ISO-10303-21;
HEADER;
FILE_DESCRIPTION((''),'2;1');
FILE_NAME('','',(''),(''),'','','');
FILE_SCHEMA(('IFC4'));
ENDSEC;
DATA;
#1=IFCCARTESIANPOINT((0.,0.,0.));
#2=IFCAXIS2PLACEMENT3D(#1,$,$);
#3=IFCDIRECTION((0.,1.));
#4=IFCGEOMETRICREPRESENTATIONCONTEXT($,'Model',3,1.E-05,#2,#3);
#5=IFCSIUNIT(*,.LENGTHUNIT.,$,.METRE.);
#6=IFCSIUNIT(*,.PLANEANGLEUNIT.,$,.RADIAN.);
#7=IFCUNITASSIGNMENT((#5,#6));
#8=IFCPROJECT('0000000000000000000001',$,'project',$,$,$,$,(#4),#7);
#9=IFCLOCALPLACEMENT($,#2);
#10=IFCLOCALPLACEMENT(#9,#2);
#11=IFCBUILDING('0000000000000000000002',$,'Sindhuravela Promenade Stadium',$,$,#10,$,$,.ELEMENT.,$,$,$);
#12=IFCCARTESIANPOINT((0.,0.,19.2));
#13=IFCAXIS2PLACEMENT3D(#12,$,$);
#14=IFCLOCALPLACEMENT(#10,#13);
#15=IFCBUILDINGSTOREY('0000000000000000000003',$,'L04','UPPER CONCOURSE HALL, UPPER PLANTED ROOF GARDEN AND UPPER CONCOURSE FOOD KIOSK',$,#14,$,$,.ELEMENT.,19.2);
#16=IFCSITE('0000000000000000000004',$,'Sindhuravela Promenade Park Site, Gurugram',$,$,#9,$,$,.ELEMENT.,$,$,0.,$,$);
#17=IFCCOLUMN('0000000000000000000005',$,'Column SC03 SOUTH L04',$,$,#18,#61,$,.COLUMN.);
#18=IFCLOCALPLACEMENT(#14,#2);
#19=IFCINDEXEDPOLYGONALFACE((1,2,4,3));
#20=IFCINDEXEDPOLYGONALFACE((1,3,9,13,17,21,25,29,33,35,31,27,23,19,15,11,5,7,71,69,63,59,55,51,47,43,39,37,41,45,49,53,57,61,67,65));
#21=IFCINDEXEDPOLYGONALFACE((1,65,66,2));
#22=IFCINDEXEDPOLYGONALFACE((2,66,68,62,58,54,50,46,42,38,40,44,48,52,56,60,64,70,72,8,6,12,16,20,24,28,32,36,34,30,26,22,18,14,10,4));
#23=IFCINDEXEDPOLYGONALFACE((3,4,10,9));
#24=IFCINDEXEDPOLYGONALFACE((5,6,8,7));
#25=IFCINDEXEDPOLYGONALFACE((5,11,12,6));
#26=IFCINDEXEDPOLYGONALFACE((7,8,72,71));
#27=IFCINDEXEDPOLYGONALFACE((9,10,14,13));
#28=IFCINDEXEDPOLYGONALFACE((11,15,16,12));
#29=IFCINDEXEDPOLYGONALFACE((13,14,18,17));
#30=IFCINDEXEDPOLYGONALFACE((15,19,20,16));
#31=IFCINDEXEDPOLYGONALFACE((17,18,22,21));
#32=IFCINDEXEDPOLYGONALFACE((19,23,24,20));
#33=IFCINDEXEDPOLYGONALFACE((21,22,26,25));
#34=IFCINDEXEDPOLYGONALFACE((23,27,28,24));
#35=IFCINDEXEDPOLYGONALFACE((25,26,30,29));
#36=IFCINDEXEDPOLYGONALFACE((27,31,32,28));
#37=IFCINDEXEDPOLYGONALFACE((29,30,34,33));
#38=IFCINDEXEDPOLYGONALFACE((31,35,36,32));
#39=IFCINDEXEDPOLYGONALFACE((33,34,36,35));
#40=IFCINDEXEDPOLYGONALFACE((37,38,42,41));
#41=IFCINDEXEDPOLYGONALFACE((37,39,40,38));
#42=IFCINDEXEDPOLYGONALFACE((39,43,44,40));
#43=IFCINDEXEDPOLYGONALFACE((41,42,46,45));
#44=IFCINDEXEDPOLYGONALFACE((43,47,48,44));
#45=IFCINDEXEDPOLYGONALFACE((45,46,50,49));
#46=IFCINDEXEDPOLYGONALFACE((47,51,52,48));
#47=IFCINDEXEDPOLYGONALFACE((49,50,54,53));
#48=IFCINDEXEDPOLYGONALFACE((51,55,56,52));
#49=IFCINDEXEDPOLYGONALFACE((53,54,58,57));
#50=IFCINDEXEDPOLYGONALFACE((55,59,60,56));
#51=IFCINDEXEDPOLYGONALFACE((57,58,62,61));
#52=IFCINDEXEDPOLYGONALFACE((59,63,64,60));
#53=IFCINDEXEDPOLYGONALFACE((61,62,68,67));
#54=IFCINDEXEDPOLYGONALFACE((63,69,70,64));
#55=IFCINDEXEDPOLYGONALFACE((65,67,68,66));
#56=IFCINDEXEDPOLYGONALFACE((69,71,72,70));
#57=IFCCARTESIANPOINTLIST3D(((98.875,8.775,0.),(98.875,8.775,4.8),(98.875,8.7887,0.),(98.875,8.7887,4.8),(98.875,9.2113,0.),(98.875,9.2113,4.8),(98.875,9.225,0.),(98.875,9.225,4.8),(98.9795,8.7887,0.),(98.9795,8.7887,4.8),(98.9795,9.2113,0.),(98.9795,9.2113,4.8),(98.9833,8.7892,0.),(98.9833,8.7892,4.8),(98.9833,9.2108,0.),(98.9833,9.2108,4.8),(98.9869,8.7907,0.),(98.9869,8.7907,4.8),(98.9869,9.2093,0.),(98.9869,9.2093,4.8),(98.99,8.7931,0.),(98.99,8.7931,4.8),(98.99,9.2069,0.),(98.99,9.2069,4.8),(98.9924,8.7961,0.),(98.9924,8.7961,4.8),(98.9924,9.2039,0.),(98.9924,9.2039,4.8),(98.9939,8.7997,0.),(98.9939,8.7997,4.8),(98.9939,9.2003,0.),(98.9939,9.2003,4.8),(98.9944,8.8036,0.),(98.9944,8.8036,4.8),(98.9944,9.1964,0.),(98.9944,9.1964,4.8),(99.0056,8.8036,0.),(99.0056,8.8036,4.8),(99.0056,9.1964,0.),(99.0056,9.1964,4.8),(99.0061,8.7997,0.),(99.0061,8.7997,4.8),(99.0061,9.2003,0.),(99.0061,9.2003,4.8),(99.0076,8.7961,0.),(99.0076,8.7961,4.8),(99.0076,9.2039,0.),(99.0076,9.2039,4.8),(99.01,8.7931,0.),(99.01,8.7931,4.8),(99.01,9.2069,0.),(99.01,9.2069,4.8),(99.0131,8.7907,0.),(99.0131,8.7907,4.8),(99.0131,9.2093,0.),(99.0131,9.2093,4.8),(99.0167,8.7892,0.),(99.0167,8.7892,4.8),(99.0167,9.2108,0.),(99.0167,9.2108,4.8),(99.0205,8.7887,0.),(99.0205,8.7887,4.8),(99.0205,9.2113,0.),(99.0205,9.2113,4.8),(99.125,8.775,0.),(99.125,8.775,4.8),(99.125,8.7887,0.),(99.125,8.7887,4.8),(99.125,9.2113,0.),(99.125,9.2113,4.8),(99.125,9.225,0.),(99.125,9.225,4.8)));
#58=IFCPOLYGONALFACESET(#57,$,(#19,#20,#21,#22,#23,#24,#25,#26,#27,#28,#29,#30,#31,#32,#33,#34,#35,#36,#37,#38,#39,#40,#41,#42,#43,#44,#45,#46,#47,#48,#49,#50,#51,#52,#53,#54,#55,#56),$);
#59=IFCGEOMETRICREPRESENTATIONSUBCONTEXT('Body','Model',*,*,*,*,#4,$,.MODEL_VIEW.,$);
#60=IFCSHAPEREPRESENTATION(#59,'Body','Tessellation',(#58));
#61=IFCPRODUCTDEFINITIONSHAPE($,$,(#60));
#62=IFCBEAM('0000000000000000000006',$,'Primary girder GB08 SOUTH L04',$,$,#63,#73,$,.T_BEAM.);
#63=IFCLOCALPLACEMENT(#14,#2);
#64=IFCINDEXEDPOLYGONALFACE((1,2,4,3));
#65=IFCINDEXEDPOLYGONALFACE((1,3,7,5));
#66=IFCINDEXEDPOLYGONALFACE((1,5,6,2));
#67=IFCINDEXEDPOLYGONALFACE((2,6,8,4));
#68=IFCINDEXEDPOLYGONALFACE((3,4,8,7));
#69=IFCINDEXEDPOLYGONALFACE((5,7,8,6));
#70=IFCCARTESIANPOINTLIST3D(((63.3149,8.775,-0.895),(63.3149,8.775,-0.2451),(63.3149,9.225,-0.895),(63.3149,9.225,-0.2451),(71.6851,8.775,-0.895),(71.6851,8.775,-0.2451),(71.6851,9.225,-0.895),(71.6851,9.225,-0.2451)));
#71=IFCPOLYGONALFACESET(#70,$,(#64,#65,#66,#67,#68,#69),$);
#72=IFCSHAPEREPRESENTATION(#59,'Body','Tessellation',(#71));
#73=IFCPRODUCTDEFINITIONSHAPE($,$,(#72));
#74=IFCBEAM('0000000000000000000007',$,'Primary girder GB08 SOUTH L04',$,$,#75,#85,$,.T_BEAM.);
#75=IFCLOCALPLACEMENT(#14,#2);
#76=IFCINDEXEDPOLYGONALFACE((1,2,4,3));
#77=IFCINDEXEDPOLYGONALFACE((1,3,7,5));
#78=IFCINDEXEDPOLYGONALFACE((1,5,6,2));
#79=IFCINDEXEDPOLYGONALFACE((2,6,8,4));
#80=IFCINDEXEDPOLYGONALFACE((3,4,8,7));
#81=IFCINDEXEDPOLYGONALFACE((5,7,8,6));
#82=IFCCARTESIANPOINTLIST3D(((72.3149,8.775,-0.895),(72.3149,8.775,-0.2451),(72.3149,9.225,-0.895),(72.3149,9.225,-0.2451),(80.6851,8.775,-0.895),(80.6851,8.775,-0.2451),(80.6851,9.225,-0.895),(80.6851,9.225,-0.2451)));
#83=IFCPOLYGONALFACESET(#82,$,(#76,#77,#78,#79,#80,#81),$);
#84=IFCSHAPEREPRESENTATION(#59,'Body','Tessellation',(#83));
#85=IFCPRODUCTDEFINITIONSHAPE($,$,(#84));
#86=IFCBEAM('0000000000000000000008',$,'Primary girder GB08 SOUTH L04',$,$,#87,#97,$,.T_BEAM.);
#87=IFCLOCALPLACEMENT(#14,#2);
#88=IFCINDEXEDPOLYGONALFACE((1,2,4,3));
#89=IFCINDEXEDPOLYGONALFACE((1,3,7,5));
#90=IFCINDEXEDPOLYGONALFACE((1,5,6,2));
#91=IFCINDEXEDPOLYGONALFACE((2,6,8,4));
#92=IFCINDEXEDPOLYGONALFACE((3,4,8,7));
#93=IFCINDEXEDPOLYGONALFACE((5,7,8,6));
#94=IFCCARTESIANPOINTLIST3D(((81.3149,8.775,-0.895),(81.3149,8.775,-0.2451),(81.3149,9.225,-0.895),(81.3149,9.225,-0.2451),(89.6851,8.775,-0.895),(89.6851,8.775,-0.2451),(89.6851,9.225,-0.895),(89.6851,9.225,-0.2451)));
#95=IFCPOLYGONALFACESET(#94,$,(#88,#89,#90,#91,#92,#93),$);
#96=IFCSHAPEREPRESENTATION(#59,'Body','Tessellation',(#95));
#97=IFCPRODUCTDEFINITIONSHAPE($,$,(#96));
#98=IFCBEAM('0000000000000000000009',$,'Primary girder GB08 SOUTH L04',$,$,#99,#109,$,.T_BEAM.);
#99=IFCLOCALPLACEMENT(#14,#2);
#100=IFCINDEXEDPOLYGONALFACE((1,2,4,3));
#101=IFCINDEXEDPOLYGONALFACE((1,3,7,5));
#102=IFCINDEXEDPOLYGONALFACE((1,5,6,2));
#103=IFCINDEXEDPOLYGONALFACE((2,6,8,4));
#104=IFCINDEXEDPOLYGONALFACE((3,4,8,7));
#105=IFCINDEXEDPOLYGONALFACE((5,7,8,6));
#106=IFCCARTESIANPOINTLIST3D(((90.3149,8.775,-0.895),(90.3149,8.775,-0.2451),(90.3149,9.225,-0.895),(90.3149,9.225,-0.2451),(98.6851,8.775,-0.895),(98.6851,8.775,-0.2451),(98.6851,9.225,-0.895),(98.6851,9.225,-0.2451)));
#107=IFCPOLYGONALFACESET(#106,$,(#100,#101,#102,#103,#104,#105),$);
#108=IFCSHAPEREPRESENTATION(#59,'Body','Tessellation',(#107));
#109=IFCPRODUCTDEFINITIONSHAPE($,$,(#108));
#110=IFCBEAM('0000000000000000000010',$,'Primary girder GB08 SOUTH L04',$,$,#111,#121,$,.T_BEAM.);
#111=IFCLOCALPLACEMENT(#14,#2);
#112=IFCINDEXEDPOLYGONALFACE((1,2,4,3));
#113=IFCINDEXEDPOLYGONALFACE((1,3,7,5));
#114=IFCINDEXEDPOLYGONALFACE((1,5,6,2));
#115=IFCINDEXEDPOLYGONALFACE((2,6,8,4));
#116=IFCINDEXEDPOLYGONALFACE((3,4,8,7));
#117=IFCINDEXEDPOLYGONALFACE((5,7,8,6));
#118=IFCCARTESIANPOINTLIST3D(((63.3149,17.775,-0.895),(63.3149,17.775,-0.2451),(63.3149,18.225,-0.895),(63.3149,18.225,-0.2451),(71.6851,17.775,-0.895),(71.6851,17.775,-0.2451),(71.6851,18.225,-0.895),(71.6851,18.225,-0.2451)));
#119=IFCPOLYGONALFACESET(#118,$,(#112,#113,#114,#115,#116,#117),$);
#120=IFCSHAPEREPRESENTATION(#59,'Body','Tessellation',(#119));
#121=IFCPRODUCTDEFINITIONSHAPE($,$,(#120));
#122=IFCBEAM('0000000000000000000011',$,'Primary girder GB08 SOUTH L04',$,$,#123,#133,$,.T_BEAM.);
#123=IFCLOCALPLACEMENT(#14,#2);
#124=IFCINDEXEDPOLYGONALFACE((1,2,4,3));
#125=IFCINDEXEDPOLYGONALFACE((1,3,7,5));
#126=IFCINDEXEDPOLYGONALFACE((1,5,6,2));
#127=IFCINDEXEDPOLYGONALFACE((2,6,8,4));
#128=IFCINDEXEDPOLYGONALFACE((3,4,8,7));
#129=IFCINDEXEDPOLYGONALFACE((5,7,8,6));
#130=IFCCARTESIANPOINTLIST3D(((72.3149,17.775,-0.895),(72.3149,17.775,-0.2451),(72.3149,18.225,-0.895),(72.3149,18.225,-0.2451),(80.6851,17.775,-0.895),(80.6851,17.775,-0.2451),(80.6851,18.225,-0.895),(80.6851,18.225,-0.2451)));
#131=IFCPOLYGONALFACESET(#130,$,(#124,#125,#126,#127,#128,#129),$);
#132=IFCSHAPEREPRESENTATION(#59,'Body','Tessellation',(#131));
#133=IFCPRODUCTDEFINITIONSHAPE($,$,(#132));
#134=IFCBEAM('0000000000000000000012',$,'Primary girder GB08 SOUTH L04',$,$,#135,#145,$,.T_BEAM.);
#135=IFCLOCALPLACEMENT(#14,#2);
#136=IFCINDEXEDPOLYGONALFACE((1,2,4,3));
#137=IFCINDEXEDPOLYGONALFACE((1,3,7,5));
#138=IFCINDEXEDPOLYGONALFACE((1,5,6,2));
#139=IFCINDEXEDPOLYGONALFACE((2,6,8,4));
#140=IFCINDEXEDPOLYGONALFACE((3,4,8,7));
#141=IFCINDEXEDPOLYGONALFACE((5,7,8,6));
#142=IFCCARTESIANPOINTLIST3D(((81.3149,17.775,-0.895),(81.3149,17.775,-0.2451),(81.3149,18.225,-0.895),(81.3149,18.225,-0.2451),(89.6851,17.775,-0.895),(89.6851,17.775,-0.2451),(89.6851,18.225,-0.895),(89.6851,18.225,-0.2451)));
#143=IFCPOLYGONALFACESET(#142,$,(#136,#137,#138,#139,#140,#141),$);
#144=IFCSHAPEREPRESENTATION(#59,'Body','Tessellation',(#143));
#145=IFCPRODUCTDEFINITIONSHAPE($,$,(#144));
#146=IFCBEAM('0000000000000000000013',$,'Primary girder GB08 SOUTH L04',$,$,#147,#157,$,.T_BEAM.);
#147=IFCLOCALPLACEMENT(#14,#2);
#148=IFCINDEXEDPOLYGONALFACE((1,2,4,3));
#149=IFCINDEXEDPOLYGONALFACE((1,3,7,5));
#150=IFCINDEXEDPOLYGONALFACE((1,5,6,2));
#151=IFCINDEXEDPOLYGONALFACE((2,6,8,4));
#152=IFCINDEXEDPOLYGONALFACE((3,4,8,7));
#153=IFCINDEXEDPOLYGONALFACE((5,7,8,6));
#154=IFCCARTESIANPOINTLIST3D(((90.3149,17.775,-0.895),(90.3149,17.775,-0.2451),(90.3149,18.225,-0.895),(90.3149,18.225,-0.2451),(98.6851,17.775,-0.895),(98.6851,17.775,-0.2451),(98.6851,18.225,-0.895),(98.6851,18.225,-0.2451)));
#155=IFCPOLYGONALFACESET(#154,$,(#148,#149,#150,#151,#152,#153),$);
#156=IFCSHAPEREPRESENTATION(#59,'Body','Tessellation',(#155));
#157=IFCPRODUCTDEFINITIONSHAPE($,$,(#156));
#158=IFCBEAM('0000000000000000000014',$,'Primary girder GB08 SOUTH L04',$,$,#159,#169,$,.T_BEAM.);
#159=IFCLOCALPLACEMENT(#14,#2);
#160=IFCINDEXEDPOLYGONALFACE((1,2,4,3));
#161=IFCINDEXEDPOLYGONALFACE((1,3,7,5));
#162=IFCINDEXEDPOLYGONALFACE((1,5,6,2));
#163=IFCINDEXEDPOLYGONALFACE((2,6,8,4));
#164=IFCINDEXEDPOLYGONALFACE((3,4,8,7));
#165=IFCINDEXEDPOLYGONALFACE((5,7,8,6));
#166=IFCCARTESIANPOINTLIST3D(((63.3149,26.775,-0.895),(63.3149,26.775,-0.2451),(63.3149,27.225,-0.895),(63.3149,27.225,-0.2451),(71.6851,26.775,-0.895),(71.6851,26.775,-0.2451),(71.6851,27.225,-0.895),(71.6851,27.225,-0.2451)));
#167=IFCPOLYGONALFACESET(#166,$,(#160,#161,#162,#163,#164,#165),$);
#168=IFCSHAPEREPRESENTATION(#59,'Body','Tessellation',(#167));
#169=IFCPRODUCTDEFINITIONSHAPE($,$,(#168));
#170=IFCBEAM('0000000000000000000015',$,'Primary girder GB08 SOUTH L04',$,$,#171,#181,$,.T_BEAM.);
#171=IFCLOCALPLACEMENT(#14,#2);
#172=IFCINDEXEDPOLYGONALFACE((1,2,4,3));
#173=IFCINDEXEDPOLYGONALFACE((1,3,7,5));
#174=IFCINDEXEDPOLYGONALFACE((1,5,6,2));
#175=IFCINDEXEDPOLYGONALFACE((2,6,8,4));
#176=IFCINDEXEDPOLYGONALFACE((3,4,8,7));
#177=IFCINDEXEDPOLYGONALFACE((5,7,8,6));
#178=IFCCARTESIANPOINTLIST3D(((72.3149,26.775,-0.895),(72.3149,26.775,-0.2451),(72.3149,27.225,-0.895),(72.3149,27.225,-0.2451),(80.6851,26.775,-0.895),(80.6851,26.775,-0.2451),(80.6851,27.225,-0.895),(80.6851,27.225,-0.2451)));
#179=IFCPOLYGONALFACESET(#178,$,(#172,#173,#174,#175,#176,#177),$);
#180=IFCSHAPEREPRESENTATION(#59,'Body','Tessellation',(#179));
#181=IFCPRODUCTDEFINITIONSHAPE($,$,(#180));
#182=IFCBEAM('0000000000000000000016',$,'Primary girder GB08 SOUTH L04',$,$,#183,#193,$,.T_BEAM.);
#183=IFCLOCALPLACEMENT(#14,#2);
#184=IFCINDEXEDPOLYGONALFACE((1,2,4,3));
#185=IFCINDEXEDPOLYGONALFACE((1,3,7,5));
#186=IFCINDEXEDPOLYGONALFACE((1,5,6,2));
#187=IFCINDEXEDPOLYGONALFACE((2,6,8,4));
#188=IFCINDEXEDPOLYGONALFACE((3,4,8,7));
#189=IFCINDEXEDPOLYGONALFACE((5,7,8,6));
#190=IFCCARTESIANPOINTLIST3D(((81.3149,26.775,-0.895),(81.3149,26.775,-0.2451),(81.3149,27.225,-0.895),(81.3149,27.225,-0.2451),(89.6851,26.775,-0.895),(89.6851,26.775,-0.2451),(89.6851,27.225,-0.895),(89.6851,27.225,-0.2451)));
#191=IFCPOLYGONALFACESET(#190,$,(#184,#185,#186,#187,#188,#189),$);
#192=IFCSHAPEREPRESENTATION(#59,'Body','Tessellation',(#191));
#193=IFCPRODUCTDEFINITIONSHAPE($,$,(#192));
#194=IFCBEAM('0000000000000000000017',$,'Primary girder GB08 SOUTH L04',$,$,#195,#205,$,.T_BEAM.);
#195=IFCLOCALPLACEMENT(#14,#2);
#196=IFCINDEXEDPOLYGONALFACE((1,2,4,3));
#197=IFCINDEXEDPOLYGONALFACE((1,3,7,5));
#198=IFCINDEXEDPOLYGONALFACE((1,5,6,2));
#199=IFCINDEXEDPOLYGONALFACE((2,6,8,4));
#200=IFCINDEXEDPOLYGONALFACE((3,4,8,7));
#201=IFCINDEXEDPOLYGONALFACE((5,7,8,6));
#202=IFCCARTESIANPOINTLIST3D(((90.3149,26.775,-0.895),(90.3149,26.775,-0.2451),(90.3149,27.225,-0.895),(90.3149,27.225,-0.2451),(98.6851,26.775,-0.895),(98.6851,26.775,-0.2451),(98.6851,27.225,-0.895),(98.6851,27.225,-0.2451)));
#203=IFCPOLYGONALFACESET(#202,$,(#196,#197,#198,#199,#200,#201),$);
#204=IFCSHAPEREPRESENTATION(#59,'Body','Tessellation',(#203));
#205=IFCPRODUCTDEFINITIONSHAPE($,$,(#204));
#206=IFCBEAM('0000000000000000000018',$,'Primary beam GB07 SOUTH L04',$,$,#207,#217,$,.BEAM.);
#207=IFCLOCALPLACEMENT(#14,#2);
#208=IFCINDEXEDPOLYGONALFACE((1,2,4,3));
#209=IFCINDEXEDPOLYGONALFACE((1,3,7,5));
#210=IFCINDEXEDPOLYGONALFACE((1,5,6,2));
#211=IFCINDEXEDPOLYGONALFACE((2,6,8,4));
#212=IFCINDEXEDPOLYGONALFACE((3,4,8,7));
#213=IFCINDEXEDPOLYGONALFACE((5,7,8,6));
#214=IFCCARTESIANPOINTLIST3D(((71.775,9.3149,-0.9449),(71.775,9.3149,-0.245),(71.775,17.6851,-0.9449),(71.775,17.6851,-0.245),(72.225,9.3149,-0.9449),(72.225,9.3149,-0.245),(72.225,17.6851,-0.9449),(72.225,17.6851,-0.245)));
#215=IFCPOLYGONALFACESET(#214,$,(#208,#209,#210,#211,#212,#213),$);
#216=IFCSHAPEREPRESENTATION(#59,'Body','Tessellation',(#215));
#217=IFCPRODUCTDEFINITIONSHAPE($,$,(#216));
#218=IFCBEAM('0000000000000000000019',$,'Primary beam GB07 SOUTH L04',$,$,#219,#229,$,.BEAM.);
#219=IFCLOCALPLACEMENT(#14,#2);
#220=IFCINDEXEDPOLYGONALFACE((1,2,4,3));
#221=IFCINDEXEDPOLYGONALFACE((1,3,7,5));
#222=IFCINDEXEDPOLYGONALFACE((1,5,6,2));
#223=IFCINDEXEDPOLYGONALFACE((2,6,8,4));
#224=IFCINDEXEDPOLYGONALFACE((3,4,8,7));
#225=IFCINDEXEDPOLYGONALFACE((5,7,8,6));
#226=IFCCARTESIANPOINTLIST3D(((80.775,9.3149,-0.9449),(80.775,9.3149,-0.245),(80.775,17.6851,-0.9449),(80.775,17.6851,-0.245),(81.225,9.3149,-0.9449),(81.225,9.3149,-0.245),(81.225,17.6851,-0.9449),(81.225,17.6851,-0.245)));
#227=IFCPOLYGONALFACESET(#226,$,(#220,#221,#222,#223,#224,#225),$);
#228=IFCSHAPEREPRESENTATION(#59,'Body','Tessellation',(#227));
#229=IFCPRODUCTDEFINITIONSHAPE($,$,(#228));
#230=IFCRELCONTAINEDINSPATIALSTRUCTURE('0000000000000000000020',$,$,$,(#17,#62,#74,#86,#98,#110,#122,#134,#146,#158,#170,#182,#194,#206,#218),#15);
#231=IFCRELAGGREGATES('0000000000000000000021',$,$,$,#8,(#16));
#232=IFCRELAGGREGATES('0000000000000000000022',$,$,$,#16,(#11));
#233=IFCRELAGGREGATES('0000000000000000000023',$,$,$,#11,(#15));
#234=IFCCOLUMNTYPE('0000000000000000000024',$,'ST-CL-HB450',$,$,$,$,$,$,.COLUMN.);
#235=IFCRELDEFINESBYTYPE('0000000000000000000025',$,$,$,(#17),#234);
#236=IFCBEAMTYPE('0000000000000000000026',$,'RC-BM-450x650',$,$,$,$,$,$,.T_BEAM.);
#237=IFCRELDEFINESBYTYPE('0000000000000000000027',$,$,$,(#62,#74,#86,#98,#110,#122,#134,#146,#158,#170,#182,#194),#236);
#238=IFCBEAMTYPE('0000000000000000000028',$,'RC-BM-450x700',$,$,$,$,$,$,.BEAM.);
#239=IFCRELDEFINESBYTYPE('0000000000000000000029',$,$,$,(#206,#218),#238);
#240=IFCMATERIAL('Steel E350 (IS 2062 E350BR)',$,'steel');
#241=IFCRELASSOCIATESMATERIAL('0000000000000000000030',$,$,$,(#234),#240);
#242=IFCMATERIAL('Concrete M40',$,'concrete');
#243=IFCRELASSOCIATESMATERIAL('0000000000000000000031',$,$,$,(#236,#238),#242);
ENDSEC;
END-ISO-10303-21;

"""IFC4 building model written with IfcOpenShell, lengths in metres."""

from ifc_helpers import new_model, si_unit, direction, frame, origin, origin_2d, place, context, subcontext, project, spatial, rectangle, i_section, extrude, material, material_profile, profile_set, type_object, element, save


model = new_model("IFC4")

# Units and contexts
model_context = context("Model", 3, precision=1e-05, world=origin(), true_north=direction((0.0, 1.0)))
body_context = subcontext(model_context, "Body", "Model", "MODEL_VIEW")
ifc_project = project(units=[si_unit("LENGTHUNIT", "METRE"), si_unit("PLANEANGLEUNIT", "RADIAN")], contexts=[model_context])

# Site, building, storey
site_placement = place(None, origin())
site = spatial("IfcSite", under=ifc_project, at=site_placement, Name="Sindhuravela Promenade Park Site, Gurugram", CompositionType="ELEMENT", RefElevation=0.0)
building_placement = place(site_placement, origin())
building = spatial("IfcBuilding", under=site, at=building_placement, Name="Sindhuravela Promenade Stadium", CompositionType="ELEMENT")
storey_placement = place(building_placement, frame((0.0, 0.0, 19.2)))
storey = spatial("IfcBuildingStorey", under=building, at=storey_placement, Name="L04", Description="UPPER CONCOURSE HALL, UPPER PLANTED ROOF GARDEN AND UPPER CONCOURSE FOOD KIOSK", CompositionType="ELEMENT", Elevation=19.2)

# Column
ifc_material_1 = material(Name="Steel E350 (IS 2062 E350BR)", Category="steel")
ifc_material_profile_1 = material_profile(ifc_material_1, i_section(OverallWidth=0.25, OverallDepth=0.45, WebThickness=0.0112, FlangeThickness=0.0137, FilletRadius=0.0149, at=origin_2d()), Name="ISHB 450")
ifc_profile_set_1 = profile_set([ifc_material_profile_1], Name="Steel E350 (IS 2062 E350BR)")
column_type_1 = type_object("IfcColumnType", Name="ST-CL-HB450", PredefinedType="COLUMN", material=ifc_profile_set_1)
column_placement = place(storey_placement, frame((99.0, 9.0, 0.0), z_axis=(0.0, 0.0, 1.0), x_axis=(1.0, 0.0, 0.0)))
element("IfcColumn", 1, at=column_placement, inside=storey, type_object=column_type_1, Name="Column SC03 SOUTH L04", PredefinedType="COLUMN", context=body_context, shape_type="SweptSolid", body=[
    extrude(i_section(OverallWidth=0.25, OverallDepth=0.45, WebThickness=0.0112, FlangeThickness=0.0137, FilletRadius=0.0149, at=origin_2d()), origin(), (0.0, 0.0, 1.0), 4.8),
])

# Beams
ifc_material_2 = material(Name="Concrete M40", Category="concrete")
ifc_material_profile_2 = material_profile(ifc_material_2, rectangle(XDim=0.45, YDim=0.6499, at=origin_2d()), Name="RC 450x650")
ifc_profile_set_2 = profile_set([ifc_material_profile_2], Name="Concrete M40")
beam_type_1 = type_object("IfcBeamType", Name="RC-BM-450x650", PredefinedType="T_BEAM", material=ifc_profile_set_2)
for number, where, z_axis, x_axis, name in (
    (2, (63.3149, 9.0, -0.5701), (1.0, 0.0, 0.0), (0.0, 1.0, 0.0), "Primary girder GB08 SOUTH L04"),
    (3, (72.3149, 9.0, -0.5701), (1.0, 0.0, 0.0), (0.0, 1.0, 0.0), "Primary girder GB08 SOUTH L04"),
    (4, (81.3149, 9.0, -0.5701), (1.0, 0.0, 0.0), (0.0, 1.0, 0.0), "Primary girder GB08 SOUTH L04"),
    (5, (90.3149, 9.0, -0.5701), (1.0, 0.0, 0.0), (0.0, 1.0, 0.0), "Primary girder GB08 SOUTH L04"),
    (6, (63.3149, 18.0, -0.5701), (1.0, 0.0, 0.0), (0.0, 1.0, 0.0), "Primary girder GB08 SOUTH L04"),
    (7, (72.3149, 18.0, -0.5701), (1.0, 0.0, 0.0), (0.0, 1.0, 0.0), "Primary girder GB08 SOUTH L04"),
    (8, (81.3149, 18.0, -0.5701), (1.0, 0.0, 0.0), (0.0, 1.0, 0.0), "Primary girder GB08 SOUTH L04"),
    (9, (90.3149, 18.0, -0.5701), (1.0, 0.0, 0.0), (0.0, 1.0, 0.0), "Primary girder GB08 SOUTH L04"),
    (10, (63.3149, 27.0, -0.5701), (1.0, 0.0, 0.0), (0.0, 1.0, 0.0), "Primary girder GB08 SOUTH L04"),
    (11, (72.3149, 27.0, -0.5701), (1.0, 0.0, 0.0), (0.0, 1.0, 0.0), "Primary girder GB08 SOUTH L04"),
    (12, (81.3149, 27.0, -0.5701), (1.0, 0.0, 0.0), (0.0, 1.0, 0.0), "Primary girder GB08 SOUTH L04"),
    (13, (90.3149, 27.0, -0.5701), (1.0, 0.0, 0.0), (0.0, 1.0, 0.0), "Primary girder GB08 SOUTH L04"),
):
    element("IfcBeam", number, at=place(storey_placement, frame(where, z_axis=z_axis, x_axis=x_axis)), inside=storey, type_object=beam_type_1, Name=name, PredefinedType="T_BEAM", context=body_context, shape_type="SweptSolid", body=[
        extrude(rectangle(XDim=0.45, YDim=0.6499, at=origin_2d()), origin(), (0.0, 0.0, 1.0), 8.3701),
    ])
ifc_material_profile_3 = material_profile(ifc_material_2, rectangle(XDim=0.45, YDim=0.7, at=origin_2d()), Name="RC 450x700")
ifc_profile_set_3 = profile_set([ifc_material_profile_3], Name="Concrete M40")
beam_type_2 = type_object("IfcBeamType", Name="RC-BM-450x700", PredefinedType="BEAM", material=ifc_profile_set_3)
for number, where, z_axis, x_axis, name in (
    (14, (72.0, 9.3149, -0.595), (0.0, 1.0, 0.0), (-1.0, 0.0, 0.0), "Primary beam GB07 SOUTH L04"),
    (15, (81.0, 9.3149, -0.595), (0.0, 1.0, 0.0), (-1.0, 0.0, 0.0), "Primary beam GB07 SOUTH L04"),
):
    element("IfcBeam", number, at=place(storey_placement, frame(where, z_axis=z_axis, x_axis=x_axis)), inside=storey, type_object=beam_type_2, Name=name, PredefinedType="BEAM", context=body_context, shape_type="SweptSolid", body=[
        extrude(rectangle(XDim=0.45, YDim=0.7, at=origin_2d()), origin(), (0.0, 0.0, 1.0), 8.3701),
    ])

save(model, "model.ifc")
